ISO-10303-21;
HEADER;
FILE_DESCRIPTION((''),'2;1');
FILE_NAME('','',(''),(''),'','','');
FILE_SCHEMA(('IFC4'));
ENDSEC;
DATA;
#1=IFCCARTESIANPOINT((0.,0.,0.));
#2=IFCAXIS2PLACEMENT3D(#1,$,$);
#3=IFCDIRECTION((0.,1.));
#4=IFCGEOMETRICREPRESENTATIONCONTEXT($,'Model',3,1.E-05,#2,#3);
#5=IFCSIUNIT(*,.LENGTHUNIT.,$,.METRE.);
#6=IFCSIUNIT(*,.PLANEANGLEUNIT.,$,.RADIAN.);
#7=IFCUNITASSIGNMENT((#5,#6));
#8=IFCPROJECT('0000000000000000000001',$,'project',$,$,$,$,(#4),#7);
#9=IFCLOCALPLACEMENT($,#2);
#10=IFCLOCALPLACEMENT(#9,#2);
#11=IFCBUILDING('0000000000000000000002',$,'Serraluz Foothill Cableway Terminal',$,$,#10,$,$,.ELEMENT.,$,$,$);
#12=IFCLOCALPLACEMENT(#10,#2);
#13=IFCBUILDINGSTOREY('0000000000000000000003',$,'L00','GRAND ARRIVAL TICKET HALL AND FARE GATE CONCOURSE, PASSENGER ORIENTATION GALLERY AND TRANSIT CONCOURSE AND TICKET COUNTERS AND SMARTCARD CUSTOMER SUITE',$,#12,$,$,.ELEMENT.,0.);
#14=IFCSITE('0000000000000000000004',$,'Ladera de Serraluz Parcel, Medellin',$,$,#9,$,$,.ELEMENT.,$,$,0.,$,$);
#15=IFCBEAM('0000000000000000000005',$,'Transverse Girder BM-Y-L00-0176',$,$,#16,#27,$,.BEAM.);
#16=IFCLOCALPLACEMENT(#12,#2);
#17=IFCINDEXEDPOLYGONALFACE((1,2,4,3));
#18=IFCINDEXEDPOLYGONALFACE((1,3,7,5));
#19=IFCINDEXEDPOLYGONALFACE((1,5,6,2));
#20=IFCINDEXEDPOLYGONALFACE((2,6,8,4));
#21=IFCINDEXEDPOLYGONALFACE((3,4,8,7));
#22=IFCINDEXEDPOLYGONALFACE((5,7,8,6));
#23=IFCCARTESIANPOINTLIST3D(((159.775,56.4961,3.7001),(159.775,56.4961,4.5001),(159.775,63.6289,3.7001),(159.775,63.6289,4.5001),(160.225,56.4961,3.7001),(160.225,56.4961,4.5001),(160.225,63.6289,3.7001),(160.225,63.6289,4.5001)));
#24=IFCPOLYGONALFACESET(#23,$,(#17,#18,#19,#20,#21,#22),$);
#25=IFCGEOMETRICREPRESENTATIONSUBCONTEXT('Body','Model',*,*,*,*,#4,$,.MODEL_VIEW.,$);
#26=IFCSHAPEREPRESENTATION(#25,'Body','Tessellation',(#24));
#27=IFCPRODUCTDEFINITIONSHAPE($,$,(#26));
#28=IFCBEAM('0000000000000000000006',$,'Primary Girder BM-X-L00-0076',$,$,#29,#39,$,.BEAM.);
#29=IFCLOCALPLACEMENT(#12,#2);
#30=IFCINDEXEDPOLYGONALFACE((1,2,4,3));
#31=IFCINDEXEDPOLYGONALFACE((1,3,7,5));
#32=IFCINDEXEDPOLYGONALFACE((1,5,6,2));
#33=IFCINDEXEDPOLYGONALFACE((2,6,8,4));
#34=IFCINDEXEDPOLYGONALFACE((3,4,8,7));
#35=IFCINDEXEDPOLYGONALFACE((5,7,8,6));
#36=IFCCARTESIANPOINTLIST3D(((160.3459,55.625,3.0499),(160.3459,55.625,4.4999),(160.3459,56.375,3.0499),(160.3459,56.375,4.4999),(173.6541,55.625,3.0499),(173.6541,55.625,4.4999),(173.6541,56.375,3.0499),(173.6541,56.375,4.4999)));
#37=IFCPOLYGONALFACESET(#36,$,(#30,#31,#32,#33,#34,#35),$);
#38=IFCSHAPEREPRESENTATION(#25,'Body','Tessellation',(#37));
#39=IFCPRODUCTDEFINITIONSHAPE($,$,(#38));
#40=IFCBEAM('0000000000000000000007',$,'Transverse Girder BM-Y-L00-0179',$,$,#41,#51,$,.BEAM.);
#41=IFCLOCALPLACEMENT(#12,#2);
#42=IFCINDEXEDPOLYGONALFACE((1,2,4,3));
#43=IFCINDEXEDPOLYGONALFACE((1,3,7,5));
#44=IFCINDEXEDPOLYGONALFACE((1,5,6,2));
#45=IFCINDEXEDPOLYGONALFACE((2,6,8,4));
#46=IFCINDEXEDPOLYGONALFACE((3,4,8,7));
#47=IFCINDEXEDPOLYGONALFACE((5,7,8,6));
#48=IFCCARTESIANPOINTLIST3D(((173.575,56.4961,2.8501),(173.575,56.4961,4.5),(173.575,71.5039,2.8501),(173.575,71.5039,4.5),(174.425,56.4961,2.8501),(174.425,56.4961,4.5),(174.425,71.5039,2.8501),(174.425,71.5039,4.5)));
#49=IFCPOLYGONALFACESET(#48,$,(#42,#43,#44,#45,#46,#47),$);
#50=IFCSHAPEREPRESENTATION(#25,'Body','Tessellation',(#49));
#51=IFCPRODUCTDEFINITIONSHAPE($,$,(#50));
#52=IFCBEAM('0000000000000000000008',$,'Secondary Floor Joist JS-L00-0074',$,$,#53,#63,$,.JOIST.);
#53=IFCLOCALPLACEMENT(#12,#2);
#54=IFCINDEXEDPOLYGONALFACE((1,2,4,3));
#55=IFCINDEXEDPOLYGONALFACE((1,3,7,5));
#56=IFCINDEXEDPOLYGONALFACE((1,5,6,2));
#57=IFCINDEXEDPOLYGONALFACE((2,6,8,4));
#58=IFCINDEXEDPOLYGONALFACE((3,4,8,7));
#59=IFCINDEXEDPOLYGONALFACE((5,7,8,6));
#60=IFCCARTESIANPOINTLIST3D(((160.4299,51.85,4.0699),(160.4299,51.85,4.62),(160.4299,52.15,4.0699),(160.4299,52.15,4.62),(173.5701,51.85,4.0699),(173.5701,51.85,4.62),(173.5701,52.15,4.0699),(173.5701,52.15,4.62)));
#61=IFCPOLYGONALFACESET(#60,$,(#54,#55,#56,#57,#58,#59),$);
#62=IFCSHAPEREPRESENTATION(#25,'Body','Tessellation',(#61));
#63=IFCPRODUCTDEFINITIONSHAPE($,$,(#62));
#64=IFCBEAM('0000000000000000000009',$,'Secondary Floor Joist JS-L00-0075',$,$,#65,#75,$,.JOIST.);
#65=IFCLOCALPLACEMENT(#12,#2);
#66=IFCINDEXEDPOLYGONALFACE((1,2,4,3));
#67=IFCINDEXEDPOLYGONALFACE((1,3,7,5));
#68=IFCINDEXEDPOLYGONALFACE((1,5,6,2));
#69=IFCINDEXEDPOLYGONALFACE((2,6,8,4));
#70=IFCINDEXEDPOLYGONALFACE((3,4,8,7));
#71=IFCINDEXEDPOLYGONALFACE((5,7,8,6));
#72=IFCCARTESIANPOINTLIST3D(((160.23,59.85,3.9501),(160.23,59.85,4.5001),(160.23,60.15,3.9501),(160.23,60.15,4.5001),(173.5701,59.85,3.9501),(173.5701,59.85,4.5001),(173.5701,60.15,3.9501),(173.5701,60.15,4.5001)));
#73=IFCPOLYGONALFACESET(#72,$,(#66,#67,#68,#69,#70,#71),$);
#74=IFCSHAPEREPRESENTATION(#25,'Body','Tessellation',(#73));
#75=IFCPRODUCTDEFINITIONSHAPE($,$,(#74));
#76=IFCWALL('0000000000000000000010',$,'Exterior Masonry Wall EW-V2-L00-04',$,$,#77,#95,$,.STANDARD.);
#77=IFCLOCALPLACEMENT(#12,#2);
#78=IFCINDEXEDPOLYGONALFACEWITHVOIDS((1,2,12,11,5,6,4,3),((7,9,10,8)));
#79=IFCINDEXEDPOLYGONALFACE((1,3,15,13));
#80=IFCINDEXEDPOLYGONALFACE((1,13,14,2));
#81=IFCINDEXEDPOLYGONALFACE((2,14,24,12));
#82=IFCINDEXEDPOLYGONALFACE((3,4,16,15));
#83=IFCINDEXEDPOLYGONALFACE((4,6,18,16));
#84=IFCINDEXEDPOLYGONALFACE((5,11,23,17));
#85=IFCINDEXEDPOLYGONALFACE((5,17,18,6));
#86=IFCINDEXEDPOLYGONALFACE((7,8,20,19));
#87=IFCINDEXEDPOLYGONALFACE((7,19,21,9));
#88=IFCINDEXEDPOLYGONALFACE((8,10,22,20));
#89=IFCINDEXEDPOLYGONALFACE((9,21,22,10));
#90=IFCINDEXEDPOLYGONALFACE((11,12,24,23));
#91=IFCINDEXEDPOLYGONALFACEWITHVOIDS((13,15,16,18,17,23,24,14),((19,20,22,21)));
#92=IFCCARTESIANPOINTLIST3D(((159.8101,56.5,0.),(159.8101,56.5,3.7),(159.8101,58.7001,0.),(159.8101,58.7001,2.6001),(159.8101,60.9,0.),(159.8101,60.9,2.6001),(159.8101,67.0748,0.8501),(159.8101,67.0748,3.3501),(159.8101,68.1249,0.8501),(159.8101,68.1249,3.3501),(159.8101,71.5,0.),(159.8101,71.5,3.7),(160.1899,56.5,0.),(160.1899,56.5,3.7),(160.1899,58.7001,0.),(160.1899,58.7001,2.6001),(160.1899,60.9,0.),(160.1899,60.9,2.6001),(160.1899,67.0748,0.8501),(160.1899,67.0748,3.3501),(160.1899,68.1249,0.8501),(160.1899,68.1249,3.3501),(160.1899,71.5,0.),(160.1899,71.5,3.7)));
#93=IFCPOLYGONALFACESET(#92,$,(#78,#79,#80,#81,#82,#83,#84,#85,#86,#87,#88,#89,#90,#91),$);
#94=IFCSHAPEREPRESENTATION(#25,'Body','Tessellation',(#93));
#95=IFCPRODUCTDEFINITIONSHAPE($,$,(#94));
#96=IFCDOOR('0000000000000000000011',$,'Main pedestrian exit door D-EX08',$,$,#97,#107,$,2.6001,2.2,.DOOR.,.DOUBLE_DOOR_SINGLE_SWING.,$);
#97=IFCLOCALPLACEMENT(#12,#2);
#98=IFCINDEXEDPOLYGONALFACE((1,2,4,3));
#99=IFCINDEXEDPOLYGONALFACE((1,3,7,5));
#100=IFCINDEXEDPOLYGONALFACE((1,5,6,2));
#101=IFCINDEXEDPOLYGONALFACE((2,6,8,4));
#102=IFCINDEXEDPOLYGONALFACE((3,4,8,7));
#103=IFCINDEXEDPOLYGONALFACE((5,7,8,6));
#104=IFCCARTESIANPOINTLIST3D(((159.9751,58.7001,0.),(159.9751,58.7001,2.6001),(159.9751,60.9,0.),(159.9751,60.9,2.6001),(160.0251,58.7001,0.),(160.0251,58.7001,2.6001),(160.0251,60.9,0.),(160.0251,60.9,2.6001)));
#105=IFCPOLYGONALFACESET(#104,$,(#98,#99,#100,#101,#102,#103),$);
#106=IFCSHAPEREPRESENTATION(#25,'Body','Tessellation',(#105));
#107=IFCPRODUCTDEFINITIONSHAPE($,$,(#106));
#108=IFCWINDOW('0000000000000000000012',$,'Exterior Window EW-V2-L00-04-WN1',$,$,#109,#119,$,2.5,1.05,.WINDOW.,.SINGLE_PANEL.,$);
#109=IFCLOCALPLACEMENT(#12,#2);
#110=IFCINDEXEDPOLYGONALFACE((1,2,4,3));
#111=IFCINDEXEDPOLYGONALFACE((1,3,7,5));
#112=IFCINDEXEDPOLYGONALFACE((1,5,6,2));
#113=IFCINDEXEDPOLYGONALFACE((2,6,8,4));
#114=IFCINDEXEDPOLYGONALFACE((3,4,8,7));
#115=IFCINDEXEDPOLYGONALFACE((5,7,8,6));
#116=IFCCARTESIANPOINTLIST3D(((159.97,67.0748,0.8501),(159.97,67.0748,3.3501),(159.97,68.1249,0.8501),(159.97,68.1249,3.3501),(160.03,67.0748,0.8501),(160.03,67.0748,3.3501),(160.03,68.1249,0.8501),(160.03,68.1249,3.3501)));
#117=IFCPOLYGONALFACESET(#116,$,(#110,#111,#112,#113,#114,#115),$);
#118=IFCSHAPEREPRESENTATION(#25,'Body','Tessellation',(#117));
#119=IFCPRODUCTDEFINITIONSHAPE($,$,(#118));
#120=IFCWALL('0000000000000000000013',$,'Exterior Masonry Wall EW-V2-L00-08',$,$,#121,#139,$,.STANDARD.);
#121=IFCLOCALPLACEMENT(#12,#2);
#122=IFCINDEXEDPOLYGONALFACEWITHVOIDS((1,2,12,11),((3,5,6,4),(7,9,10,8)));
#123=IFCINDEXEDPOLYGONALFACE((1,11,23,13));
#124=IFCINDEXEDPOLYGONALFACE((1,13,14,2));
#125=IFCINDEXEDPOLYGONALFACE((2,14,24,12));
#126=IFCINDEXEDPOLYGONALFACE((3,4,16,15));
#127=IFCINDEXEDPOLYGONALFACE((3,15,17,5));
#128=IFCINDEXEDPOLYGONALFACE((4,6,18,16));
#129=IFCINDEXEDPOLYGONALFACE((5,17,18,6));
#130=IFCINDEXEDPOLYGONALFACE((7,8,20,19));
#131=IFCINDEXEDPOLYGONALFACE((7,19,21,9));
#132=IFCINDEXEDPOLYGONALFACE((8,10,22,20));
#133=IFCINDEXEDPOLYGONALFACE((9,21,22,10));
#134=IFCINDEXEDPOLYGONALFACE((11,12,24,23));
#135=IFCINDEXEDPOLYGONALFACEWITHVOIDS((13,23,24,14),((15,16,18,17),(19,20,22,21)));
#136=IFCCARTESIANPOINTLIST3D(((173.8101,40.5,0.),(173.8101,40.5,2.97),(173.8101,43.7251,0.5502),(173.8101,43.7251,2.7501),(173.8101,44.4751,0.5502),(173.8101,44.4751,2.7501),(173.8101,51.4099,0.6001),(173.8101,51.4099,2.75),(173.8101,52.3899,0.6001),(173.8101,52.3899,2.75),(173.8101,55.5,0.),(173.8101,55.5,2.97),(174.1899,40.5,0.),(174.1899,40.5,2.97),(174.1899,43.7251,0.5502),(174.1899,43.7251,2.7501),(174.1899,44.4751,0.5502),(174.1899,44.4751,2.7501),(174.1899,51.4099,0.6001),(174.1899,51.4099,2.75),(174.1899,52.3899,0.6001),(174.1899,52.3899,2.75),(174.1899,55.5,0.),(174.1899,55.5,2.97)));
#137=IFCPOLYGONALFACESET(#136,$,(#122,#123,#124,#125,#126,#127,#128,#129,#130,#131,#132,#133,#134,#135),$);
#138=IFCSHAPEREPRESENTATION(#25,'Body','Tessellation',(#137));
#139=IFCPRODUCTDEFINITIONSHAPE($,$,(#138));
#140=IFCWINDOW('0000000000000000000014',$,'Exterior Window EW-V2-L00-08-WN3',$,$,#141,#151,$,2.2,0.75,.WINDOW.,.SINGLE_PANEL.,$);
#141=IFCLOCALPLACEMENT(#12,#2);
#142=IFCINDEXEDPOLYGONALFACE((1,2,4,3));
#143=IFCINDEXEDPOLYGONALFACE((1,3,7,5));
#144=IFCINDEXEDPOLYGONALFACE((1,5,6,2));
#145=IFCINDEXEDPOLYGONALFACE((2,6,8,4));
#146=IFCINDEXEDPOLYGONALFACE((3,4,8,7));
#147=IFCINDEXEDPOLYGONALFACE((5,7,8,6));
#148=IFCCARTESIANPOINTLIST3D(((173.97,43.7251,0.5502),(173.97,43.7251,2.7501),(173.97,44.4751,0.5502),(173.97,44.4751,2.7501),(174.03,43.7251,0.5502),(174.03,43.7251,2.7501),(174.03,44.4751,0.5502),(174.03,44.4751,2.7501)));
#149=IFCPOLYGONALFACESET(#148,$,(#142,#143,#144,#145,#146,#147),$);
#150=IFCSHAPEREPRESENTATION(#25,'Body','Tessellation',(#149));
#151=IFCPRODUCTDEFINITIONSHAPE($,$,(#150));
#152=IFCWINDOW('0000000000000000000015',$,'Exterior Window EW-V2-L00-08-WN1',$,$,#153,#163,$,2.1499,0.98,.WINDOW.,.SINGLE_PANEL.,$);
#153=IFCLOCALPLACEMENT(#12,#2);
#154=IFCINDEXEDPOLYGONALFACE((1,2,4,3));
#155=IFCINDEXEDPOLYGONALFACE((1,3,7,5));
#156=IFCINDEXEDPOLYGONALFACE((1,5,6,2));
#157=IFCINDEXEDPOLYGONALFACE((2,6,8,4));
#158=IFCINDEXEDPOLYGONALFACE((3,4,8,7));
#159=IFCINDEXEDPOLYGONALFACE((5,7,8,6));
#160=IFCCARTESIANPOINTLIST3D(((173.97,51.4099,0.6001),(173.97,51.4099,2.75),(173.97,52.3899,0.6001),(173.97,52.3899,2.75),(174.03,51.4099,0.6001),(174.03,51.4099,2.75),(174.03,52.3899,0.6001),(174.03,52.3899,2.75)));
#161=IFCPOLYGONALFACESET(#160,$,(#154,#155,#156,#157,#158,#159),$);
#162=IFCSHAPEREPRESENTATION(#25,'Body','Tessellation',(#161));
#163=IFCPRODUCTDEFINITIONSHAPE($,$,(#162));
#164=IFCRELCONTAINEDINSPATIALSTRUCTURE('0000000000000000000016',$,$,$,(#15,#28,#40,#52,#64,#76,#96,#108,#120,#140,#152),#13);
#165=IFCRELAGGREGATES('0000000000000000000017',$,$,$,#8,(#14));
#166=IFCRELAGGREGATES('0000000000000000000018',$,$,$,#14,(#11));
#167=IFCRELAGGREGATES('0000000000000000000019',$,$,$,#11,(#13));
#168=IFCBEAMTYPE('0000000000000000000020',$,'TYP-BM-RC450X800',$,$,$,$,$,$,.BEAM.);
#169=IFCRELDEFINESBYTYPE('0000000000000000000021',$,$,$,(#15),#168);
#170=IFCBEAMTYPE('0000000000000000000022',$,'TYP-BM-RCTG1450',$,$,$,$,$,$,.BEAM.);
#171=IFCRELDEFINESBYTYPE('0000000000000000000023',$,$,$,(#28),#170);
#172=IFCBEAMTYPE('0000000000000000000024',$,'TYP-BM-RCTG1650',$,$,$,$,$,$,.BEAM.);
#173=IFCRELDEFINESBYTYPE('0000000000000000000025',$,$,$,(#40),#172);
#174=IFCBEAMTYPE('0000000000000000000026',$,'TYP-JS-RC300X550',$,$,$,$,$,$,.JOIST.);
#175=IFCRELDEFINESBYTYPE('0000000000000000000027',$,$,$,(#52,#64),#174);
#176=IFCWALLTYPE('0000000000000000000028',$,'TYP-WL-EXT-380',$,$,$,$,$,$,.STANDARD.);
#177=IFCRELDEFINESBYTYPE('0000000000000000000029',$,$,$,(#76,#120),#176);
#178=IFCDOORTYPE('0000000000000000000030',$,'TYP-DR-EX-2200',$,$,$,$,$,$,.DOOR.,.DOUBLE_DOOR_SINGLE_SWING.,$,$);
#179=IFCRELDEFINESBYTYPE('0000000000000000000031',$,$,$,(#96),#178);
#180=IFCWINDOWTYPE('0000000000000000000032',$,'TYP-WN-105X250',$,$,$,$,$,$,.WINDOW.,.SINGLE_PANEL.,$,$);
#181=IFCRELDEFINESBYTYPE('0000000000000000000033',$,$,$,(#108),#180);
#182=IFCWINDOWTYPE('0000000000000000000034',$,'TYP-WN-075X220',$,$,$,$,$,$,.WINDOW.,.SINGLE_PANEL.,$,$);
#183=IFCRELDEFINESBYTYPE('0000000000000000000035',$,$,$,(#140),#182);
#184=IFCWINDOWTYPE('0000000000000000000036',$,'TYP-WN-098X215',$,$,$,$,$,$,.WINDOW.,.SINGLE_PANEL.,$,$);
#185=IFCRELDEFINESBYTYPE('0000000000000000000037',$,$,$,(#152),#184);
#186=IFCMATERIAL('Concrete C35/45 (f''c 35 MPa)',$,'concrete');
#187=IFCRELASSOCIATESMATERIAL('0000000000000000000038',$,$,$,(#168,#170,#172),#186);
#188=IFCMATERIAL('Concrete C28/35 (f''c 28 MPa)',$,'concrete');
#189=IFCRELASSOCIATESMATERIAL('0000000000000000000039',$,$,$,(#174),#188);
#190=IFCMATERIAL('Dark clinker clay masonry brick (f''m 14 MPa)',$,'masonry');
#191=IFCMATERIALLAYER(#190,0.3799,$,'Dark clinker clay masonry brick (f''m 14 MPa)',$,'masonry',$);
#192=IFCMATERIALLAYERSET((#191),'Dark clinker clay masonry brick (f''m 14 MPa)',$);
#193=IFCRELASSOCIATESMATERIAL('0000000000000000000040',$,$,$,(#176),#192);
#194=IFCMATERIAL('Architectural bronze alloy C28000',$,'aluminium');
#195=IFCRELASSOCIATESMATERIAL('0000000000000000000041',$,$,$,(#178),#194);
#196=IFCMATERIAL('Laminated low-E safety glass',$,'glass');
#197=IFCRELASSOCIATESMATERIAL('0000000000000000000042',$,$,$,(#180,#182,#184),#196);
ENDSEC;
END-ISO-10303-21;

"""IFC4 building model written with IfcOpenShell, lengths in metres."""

from ifc_helpers import new_model, si_unit, direction, frame, frame_2d, origin, origin_2d, place, context, subcontext, project, spatial, rectangle, extrude, material, layer, layer_set, material_profile, profile_set, type_object, element, fill, save


model = new_model("IFC4")

# Units and contexts
model_context = context("Model", 3, precision=1e-05, world=origin(), true_north=direction((0.0, 1.0)))
body_context = subcontext(model_context, "Body", "Model", "MODEL_VIEW")
ifc_project = project(units=[si_unit("LENGTHUNIT", "METRE"), si_unit("PLANEANGLEUNIT", "RADIAN")], contexts=[model_context])

# Site, building, storey
site_placement = place(None, origin())
site = spatial("IfcSite", under=ifc_project, at=site_placement, Name="Ladera de Serraluz Parcel, Medellin", CompositionType="ELEMENT", RefElevation=0.0)
building_placement = place(site_placement, origin())
building = spatial("IfcBuilding", under=site, at=building_placement, Name="Serraluz Foothill Cableway Terminal", CompositionType="ELEMENT")
storey_placement = place(building_placement, origin())
storey = spatial("IfcBuildingStorey", under=building, at=storey_placement, Name="L00", Description="GRAND ARRIVAL TICKET HALL AND FARE GATE CONCOURSE, PASSENGER ORIENTATION GALLERY AND TRANSIT CONCOURSE AND TICKET COUNTERS AND SMARTCARD CUSTOMER SUITE", CompositionType="ELEMENT", Elevation=0.0)

# Shared definitions
ifc_material_1 = material(Name="Concrete C35/45 (f'c 35 MPa)", Category="concrete")

# Shared definitions
ifc_material_2 = material(Name="Concrete C28/35 (f'c 28 MPa)", Category="concrete")

# Beams
ifc_material_profile_1 = material_profile(ifc_material_1, rectangle(XDim=0.45, YDim=0.8, at=origin_2d()), Name="RC 450x800")
ifc_profile_set_1 = profile_set([ifc_material_profile_1], Name="Concrete C35/45 (f'c 35 MPa)")
beam_type_1 = type_object("IfcBeamType", Name="TYP-BM-RC450X800", PredefinedType="BEAM", material=ifc_profile_set_1)
beam_1_placement = place(storey_placement, frame((160.0, 56.4961, 4.1001), z_axis=(0.0, 1.0, 0.0), x_axis=(-1.0, 0.0, 0.0)))
element("IfcBeam", 1, at=beam_1_placement, inside=storey, type_object=beam_type_1, Name="Transverse Girder BM-Y-L00-0176", PredefinedType="BEAM", context=body_context, shape_type="SweptSolid", body=[
    extrude(rectangle(XDim=0.45, YDim=0.8, at=origin_2d()), origin(), (0.0, 0.0, 1.0), 7.1328),
])
ifc_material_profile_2 = material_profile(ifc_material_1, rectangle(XDim=0.75, YDim=1.45, at=origin_2d()), Name="RC TG 750x1450")
ifc_profile_set_2 = profile_set([ifc_material_profile_2], Name="Concrete C35/45 (f'c 35 MPa)")
beam_type_2 = type_object("IfcBeamType", Name="TYP-BM-RCTG1450", PredefinedType="BEAM", material=ifc_profile_set_2)
beam_2_placement = place(storey_placement, frame((160.3459, 56.0, 3.7749), z_axis=(1.0, 0.0, 0.0), x_axis=(0.0, 1.0, 0.0)))
element("IfcBeam", 2, at=beam_2_placement, inside=storey, type_object=beam_type_2, Name="Primary Girder BM-X-L00-0076", PredefinedType="BEAM", context=body_context, shape_type="SweptSolid", body=[
    extrude(rectangle(XDim=0.75, YDim=1.45, at=origin_2d()), origin(), (0.0, 0.0, 1.0), 13.3081),
])
ifc_material_profile_3 = material_profile(ifc_material_1, rectangle(XDim=0.8501, YDim=1.6499, at=origin_2d()), Name="RC TG 850x1650")
ifc_profile_set_3 = profile_set([ifc_material_profile_3], Name="Concrete C35/45 (f'c 35 MPa)")
beam_type_3 = type_object("IfcBeamType", Name="TYP-BM-RCTG1650", PredefinedType="BEAM", material=ifc_profile_set_3)
beam_3_placement = place(storey_placement, frame((174.0, 56.4961, 3.675), z_axis=(0.0, 1.0, 0.0), x_axis=(-1.0, 0.0, 0.0)))
element("IfcBeam", 3, at=beam_3_placement, inside=storey, type_object=beam_type_3, Name="Transverse Girder BM-Y-L00-0179", PredefinedType="BEAM", context=body_context, shape_type="SweptSolid", body=[
    extrude(rectangle(XDim=0.8501, YDim=1.6499, at=origin_2d()), origin(), (0.0, 0.0, 1.0), 15.0078),
])
ifc_material_profile_4 = material_profile(ifc_material_2, rectangle(XDim=0.3, YDim=0.55, at=origin_2d()), Name="RC 300x550")
ifc_profile_set_4 = profile_set([ifc_material_profile_4], Name="Concrete C28/35 (f'c 28 MPa)")
beam_type_4 = type_object("IfcBeamType", Name="TYP-JS-RC300X550", PredefinedType="JOIST", material=ifc_profile_set_4)
beam_4_placement = place(storey_placement, frame((160.4299, 52.0, 4.345), z_axis=(1.0, 0.0, 0.0), x_axis=(0.0, 1.0, 0.0)))
element("IfcBeam", 4, at=beam_4_placement, inside=storey, type_object=beam_type_4, Name="Secondary Floor Joist JS-L00-0074", PredefinedType="JOIST", context=body_context, shape_type="SweptSolid", body=[
    extrude(rectangle(XDim=0.3, YDim=0.55, at=origin_2d()), origin(), (0.0, 0.0, 1.0), 13.1401),
])
beam_5_placement = place(storey_placement, frame((160.23, 60.0, 4.2251), z_axis=(1.0, 0.0, 0.0), x_axis=(0.0, 1.0, 0.0)))
element("IfcBeam", 5, at=beam_5_placement, inside=storey, type_object=beam_type_4, Name="Secondary Floor Joist JS-L00-0075", PredefinedType="JOIST", context=body_context, shape_type="SweptSolid", body=[
    extrude(rectangle(XDim=0.3, YDim=0.55, at=origin_2d()), origin(), (0.0, 0.0, 1.0), 13.3401),
])

# Wall, openings, door, window
ifc_material_3 = material(Name="Dark clinker clay masonry brick (f'm 14 MPa)", Category="masonry")
ifc_layer_1 = layer(ifc_material_3, 0.3799, Name="Dark clinker clay masonry brick (f'm 14 MPa)", Category="masonry")
ifc_layer_set_1 = layer_set([ifc_layer_1], Name="Dark clinker clay masonry brick (f'm 14 MPa)")
wall_type_1 = type_object("IfcWallType", Name="TYP-WL-EXT-380", PredefinedType="STANDARD", material=ifc_layer_set_1)
wall_1_placement = place(storey_placement, frame((160.0, 56.5, 0.0), z_axis=(0.0, 0.0, 1.0), x_axis=(0.0, 1.0, 0.0)))
wall_1 = element("IfcWall", 6, at=wall_1_placement, inside=storey, type_object=wall_type_1, Name="Exterior Masonry Wall EW-V2-L00-04", PredefinedType="STANDARD", context=body_context, shape_type="SweptSolid", body=[
    extrude(rectangle(XDim=15.0, YDim=0.3799, at=frame_2d((7.5, 0.0))), origin(), (0.0, 0.0, 1.0), 3.7),
])
opening_1_placement = place(wall_1_placement, frame((10.575, 0.0, 0.8501)))
opening_1 = element("IfcOpeningElement", 7, at=opening_1_placement, cuts=wall_1, PredefinedType="OPENING", context=body_context, shape_type="SweptSolid", body=[
    extrude(rectangle(XDim=1.05, YDim=2.5, at=frame_2d((0.5249, 1.25))), frame((0.0, 0.2, 0.0), z_axis=(0.0, -1.0, 0.0), x_axis=(1.0, 0.0, 0.0)), (0.0, 0.0, 1.0), 0.3999),
])
opening_2_placement = place(wall_1_placement, frame((2.2, 0.0, 0.0)))
opening_2 = element("IfcOpeningElement", 8, at=opening_2_placement, cuts=wall_1, PredefinedType="OPENING", context=body_context, shape_type="SweptSolid", body=[
    extrude(rectangle(XDim=2.2, YDim=2.6001, at=frame_2d((1.1001, 1.3))), frame((0.0, 0.2, 0.0), z_axis=(0.0, -1.0, 0.0), x_axis=(1.0, 0.0, 0.0)), (0.0, 0.0, 1.0), 0.3999),
])
ifc_material_4 = material(Name="Architectural bronze alloy C28000", Category="aluminium")
door_type_1 = type_object("IfcDoorType", Name="TYP-DR-EX-2200", OperationType="DOUBLE_DOOR_SINGLE_SWING", PredefinedType="DOOR", material=ifc_material_4)
door_1_placement = place(opening_2_placement, origin())
door_1 = element("IfcDoor", 9, at=door_1_placement, inside=storey, type_object=door_type_1, Name="Main pedestrian exit door D-EX08", OperationType="DOUBLE_DOOR_SINGLE_SWING", OverallHeight=2.6001, OverallWidth=2.2, PredefinedType="DOOR", context=body_context, shape_type="SweptSolid", body=[
    extrude(rectangle(XDim=2.2, YDim=2.6001, at=frame_2d((1.1001, 1.3))), frame((0.0, 0.0249, 0.0), z_axis=(0.0, -1.0, 0.0), x_axis=(1.0, 0.0, 0.0)), (0.0, 0.0, 1.0), 0.05),
])
fill(opening_2, door_1)
ifc_material_5 = material(Name="Laminated low-E safety glass", Category="glass")
window_type_1 = type_object("IfcWindowType", Name="TYP-WN-105X250", PartitioningType="SINGLE_PANEL", PredefinedType="WINDOW", material=ifc_material_5)
window_1_placement = place(opening_1_placement, origin())
window_1 = element("IfcWindow", 10, at=window_1_placement, inside=storey, type_object=window_type_1, Name="Exterior Window EW-V2-L00-04-WN1", OverallHeight=2.5, OverallWidth=1.05, PartitioningType="SINGLE_PANEL", PredefinedType="WINDOW", context=body_context, shape_type="SweptSolid", body=[
    extrude(rectangle(XDim=1.05, YDim=2.5, at=frame_2d((0.5249, 1.25))), frame((0.0, 0.03, 0.0), z_axis=(0.0, -1.0, 0.0), x_axis=(1.0, 0.0, 0.0)), (0.0, 0.0, 1.0), 0.0601),
])
fill(opening_1, window_1)

# Wall, openings, windows
wall_2_placement = place(storey_placement, frame((174.0, 55.5, 0.0), z_axis=(0.0, 0.0, 1.0), x_axis=(0.0, -1.0, 0.0)))
wall_2 = element("IfcWall", 11, at=wall_2_placement, inside=storey, type_object=wall_type_1, Name="Exterior Masonry Wall EW-V2-L00-08", PredefinedType="STANDARD", context=body_context, shape_type="SweptSolid", body=[
    extrude(rectangle(XDim=15.0, YDim=0.3799, at=frame_2d((7.5, 0.0))), origin(), (0.0, 0.0, 1.0), 2.97),
])
opening_3_placement = place(wall_2_placement, frame((3.1101, 0.0, 0.6001)))
opening_3 = element("IfcOpeningElement", 12, at=opening_3_placement, cuts=wall_2, PredefinedType="OPENING", context=body_context, shape_type="SweptSolid", body=[
    extrude(rectangle(XDim=0.98, YDim=2.1499, at=frame_2d((0.49, 1.075))), frame((0.0, 0.2, 0.0), z_axis=(0.0, -1.0, 0.0), x_axis=(1.0, 0.0, 0.0)), (0.0, 0.0, 1.0), 0.3999),
])
opening_4_placement = place(wall_2_placement, frame((11.0249, 0.0, 0.55)))
opening_4 = element("IfcOpeningElement", 13, at=opening_4_placement, cuts=wall_2, PredefinedType="OPENING", context=body_context, shape_type="SweptSolid", body=[
    extrude(rectangle(XDim=0.75, YDim=2.2, at=frame_2d((0.375, 1.1001))), frame((0.0, 0.2, 0.0), z_axis=(0.0, -1.0, 0.0), x_axis=(1.0, 0.0, 0.0)), (0.0, 0.0, 1.0), 0.3999),
])
window_type_2 = type_object("IfcWindowType", Name="TYP-WN-075X220", PartitioningType="SINGLE_PANEL", PredefinedType="WINDOW", material=ifc_material_5)
window_2_placement = place(opening_4_placement, origin())
window_2 = element("IfcWindow", 14, at=window_2_placement, inside=storey, type_object=window_type_2, Name="Exterior Window EW-V2-L00-08-WN3", OverallHeight=2.2, OverallWidth=0.75, PartitioningType="SINGLE_PANEL", PredefinedType="WINDOW", context=body_context, shape_type="SweptSolid", body=[
    extrude(rectangle(XDim=0.75, YDim=2.2, at=frame_2d((0.375, 1.1001))), frame((0.0, 0.03, 0.0), z_axis=(0.0, -1.0, 0.0), x_axis=(1.0, 0.0, 0.0)), (0.0, 0.0, 1.0), 0.0601),
])
fill(opening_4, window_2)
window_type_3 = type_object("IfcWindowType", Name="TYP-WN-098X215", PartitioningType="SINGLE_PANEL", PredefinedType="WINDOW", material=ifc_material_5)
window_3_placement = place(opening_3_placement, origin())
window_3 = element("IfcWindow", 15, at=window_3_placement, inside=storey, type_object=window_type_3, Name="Exterior Window EW-V2-L00-08-WN1", OverallHeight=2.1499, OverallWidth=0.98, PartitioningType="SINGLE_PANEL", PredefinedType="WINDOW", context=body_context, shape_type="SweptSolid", body=[
    extrude(rectangle(XDim=0.98, YDim=2.1499, at=frame_2d((0.49, 1.075))), frame((0.0, 0.03, 0.0), z_axis=(0.0, -1.0, 0.0), x_axis=(1.0, 0.0, 0.0)), (0.0, 0.0, 1.0), 0.0601),
])
fill(opening_3, window_3)

save(model, "model.ifc")
